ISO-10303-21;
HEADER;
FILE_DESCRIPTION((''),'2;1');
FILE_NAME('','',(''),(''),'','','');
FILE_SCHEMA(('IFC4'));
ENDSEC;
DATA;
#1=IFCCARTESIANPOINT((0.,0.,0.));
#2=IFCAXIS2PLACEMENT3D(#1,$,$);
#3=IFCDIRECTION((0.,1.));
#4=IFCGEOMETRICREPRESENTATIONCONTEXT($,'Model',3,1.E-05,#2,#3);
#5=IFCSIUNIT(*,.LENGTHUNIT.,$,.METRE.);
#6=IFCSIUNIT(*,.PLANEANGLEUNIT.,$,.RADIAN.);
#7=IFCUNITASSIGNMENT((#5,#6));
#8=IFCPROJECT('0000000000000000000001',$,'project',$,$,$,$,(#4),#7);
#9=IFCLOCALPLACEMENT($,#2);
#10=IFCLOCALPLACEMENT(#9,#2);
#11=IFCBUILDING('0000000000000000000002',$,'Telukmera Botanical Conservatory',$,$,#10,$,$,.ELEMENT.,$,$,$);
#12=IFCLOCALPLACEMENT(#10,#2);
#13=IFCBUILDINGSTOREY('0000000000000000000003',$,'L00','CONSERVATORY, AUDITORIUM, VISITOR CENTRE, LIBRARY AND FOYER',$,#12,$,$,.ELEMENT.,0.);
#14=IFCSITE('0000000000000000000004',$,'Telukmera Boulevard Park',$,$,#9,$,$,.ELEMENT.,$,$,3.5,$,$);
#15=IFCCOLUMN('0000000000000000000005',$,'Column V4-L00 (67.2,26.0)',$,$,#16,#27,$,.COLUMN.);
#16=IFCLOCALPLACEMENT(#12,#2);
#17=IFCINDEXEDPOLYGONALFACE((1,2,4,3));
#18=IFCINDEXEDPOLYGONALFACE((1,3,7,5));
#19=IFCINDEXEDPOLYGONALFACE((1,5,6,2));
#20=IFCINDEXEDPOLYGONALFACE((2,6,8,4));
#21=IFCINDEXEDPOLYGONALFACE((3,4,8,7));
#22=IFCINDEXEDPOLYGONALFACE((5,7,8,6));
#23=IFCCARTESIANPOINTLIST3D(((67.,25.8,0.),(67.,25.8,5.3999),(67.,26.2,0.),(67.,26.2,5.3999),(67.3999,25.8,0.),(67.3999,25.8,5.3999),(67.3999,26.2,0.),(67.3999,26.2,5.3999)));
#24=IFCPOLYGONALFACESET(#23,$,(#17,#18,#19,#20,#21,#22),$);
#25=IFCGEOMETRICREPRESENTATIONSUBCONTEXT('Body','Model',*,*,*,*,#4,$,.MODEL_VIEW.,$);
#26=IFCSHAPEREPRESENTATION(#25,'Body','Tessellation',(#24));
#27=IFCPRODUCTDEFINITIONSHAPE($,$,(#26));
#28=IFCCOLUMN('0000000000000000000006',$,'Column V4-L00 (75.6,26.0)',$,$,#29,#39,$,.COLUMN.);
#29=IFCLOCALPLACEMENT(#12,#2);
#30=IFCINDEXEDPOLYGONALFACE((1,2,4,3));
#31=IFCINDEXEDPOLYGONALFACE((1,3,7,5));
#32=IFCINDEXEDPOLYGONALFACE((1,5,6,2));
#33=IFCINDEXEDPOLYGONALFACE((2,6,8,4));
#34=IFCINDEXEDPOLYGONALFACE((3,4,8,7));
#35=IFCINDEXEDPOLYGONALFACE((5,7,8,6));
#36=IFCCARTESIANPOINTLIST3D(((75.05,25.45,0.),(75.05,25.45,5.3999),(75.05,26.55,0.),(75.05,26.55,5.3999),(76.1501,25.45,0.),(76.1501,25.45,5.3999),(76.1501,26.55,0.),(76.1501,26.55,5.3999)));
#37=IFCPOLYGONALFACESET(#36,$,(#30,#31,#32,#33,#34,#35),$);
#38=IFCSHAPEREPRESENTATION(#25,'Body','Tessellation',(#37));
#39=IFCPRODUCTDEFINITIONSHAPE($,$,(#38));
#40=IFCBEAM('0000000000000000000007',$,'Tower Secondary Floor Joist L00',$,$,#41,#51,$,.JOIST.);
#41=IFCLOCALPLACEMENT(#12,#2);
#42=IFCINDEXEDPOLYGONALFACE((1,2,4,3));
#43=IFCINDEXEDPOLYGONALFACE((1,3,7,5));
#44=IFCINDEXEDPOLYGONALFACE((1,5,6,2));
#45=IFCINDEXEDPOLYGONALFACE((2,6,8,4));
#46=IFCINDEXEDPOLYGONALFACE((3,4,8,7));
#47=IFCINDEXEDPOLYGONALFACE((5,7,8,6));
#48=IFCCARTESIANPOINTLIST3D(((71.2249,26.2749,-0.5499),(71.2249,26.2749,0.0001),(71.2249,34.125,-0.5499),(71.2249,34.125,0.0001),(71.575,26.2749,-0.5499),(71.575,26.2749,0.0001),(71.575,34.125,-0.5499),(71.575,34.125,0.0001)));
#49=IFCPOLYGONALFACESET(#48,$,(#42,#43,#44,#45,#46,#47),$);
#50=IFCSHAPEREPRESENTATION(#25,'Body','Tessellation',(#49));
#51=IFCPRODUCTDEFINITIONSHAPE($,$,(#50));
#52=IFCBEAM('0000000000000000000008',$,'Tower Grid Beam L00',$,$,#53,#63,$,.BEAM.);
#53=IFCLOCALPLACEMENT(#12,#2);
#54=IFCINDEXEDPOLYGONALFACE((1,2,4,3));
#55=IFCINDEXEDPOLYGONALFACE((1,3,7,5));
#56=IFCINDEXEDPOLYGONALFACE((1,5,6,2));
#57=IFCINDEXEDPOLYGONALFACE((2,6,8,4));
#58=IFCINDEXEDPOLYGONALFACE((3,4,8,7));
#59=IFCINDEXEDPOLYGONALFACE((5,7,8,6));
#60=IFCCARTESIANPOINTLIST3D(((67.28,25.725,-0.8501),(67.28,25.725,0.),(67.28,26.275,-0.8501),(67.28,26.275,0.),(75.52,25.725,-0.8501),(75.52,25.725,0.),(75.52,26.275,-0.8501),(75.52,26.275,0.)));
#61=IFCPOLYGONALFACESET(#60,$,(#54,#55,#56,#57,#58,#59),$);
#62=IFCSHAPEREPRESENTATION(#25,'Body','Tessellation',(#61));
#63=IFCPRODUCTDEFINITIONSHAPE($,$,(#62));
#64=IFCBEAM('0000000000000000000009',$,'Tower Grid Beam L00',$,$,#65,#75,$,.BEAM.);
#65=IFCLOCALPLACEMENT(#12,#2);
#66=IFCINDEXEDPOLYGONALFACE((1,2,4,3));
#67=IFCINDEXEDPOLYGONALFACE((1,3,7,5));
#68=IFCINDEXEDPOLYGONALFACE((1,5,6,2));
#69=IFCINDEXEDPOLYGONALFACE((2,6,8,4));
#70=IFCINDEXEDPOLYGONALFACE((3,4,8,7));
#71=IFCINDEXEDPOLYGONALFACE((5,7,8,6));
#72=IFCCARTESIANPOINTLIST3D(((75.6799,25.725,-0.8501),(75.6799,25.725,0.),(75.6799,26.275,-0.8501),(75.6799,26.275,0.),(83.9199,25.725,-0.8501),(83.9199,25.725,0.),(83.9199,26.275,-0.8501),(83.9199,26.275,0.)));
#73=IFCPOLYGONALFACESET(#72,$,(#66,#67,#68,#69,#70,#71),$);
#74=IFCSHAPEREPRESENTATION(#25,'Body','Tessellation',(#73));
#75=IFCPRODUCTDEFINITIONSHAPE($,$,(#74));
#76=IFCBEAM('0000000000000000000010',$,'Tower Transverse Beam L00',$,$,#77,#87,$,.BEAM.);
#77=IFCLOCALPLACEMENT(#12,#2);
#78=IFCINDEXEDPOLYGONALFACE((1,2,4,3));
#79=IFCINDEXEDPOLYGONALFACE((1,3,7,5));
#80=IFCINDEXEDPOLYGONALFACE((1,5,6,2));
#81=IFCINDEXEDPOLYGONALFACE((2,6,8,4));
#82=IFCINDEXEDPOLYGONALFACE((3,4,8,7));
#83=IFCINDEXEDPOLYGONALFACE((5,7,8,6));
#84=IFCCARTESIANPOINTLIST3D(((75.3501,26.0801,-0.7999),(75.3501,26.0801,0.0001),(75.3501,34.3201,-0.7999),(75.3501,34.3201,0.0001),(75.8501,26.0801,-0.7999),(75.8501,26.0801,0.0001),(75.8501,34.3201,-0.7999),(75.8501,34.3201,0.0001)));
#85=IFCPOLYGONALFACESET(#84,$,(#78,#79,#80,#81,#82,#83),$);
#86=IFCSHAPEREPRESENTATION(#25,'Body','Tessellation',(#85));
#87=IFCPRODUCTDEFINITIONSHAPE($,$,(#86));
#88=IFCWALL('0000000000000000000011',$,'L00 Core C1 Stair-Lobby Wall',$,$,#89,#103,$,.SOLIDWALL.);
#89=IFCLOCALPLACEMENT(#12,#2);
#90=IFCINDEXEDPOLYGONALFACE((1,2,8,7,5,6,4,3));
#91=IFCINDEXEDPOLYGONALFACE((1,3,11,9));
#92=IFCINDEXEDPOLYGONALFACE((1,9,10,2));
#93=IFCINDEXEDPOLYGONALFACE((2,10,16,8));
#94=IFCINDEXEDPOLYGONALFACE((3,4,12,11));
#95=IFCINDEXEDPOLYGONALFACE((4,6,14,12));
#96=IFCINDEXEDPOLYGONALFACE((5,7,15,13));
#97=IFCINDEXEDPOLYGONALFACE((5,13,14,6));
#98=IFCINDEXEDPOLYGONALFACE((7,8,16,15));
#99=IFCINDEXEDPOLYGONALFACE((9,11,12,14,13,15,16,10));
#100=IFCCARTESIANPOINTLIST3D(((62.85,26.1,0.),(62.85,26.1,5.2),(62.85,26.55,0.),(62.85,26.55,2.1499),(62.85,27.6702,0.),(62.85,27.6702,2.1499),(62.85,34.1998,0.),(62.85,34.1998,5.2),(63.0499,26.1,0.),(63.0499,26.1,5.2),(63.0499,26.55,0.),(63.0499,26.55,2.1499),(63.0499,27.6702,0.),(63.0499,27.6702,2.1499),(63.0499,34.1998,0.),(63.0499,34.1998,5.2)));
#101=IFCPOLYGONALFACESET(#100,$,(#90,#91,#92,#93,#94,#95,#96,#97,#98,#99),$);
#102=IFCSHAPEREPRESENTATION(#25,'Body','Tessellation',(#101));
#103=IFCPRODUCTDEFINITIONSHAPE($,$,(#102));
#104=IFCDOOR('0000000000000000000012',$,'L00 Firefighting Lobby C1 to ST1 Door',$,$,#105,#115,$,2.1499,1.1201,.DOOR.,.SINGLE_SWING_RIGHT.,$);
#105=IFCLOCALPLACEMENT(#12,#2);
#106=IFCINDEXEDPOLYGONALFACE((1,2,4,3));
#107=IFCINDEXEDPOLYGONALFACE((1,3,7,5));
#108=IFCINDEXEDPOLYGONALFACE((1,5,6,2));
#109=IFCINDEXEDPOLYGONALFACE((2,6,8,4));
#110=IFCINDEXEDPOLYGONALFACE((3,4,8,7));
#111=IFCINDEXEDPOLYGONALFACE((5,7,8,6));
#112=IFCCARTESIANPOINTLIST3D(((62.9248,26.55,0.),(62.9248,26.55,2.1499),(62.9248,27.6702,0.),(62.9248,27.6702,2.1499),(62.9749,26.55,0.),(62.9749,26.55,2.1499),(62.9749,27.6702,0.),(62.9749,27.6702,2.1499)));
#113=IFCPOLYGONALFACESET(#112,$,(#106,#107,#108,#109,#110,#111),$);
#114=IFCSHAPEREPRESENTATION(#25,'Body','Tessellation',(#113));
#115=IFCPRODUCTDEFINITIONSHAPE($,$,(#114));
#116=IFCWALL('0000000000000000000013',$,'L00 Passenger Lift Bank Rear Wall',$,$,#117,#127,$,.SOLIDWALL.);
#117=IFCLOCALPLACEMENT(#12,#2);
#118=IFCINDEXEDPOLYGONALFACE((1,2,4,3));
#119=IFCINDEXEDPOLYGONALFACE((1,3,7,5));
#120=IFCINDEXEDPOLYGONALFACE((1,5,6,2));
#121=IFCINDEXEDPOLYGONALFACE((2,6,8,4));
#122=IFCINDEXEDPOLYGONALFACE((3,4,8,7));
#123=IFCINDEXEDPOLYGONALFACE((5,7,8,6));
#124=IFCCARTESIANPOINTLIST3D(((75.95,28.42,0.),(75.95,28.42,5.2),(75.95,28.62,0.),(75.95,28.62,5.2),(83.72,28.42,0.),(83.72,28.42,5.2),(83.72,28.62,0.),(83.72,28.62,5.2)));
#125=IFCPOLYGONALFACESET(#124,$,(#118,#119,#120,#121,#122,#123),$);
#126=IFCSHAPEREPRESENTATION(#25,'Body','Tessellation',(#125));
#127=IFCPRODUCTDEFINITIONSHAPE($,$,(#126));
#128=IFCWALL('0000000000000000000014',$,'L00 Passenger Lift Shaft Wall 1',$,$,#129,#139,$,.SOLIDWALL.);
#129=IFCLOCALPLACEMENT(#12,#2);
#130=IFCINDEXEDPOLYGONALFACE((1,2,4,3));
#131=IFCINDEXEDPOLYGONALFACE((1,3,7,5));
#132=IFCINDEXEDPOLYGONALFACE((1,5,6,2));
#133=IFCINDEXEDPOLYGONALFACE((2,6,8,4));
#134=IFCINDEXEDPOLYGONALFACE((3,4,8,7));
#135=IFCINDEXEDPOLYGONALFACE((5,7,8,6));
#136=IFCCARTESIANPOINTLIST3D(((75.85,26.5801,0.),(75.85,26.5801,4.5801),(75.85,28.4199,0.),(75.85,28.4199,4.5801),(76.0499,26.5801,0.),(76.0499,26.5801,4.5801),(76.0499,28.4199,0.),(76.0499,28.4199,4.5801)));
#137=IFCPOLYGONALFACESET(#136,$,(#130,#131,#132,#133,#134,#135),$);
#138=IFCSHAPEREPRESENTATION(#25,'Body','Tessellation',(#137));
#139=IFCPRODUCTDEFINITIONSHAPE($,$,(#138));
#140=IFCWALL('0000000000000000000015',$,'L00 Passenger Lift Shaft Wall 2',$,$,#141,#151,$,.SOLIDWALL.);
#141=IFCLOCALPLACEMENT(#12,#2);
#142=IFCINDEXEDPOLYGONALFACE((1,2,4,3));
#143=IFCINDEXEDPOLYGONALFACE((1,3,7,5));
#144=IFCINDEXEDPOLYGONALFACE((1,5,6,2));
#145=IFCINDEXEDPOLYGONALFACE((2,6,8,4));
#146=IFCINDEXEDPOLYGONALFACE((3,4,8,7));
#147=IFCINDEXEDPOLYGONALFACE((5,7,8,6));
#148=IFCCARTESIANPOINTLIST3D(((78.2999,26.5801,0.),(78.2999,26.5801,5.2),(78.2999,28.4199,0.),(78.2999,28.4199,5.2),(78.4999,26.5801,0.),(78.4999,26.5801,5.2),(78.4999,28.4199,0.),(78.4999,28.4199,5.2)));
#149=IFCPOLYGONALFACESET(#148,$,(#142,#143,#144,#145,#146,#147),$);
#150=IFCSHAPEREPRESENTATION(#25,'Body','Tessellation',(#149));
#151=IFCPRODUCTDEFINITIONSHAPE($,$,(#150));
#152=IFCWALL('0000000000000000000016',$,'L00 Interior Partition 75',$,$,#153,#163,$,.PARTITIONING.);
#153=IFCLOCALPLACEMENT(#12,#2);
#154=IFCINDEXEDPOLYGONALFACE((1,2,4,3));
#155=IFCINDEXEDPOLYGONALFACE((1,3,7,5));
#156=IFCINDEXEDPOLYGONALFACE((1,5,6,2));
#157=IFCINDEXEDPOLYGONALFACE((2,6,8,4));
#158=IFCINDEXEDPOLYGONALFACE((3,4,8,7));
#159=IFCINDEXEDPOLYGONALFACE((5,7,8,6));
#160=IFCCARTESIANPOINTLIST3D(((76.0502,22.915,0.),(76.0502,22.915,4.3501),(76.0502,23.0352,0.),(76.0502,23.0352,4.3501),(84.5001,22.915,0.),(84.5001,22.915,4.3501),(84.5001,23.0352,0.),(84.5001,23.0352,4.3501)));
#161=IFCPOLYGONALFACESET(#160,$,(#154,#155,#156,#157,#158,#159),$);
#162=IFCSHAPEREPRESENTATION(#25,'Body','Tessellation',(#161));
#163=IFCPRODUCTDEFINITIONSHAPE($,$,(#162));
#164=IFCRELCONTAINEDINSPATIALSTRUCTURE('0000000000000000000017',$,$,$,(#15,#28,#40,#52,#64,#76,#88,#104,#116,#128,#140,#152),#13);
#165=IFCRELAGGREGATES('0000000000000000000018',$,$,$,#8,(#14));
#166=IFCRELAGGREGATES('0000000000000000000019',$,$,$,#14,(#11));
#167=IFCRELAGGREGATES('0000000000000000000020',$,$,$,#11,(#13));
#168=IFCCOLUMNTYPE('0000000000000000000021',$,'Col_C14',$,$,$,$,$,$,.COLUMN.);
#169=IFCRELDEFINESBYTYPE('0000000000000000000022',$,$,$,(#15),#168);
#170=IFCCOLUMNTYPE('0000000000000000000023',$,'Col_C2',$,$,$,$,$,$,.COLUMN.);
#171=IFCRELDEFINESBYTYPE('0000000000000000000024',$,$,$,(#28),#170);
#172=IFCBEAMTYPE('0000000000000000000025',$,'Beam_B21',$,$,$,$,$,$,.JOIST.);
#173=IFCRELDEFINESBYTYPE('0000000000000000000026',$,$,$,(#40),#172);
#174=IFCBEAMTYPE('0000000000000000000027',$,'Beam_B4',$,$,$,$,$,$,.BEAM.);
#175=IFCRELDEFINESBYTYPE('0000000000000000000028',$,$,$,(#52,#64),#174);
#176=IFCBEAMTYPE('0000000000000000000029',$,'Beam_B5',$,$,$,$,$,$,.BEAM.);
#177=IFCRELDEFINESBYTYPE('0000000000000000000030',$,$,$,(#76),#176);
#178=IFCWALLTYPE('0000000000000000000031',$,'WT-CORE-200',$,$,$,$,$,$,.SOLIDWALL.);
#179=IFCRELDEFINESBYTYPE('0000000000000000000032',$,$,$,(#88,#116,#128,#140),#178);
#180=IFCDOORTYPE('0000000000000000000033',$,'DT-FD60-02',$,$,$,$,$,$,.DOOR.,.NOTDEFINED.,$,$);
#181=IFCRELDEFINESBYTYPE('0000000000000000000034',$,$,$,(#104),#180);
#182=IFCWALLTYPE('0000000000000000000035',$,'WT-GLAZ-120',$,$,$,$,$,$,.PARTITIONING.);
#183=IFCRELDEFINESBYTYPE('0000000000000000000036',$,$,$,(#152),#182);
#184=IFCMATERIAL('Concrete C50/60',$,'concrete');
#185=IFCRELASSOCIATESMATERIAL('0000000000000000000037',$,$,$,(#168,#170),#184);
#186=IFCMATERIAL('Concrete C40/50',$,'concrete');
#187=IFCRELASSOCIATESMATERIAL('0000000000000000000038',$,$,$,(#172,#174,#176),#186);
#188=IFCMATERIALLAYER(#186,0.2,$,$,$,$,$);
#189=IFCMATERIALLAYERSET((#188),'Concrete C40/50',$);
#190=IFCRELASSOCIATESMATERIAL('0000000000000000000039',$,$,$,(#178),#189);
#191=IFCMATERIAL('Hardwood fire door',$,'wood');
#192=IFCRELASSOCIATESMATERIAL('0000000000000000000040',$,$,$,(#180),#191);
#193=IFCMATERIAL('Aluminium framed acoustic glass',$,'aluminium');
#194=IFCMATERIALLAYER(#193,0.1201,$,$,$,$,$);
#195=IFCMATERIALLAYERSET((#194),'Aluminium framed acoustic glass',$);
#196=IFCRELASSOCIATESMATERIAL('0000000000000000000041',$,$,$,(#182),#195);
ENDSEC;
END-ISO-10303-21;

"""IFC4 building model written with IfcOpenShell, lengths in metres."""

from ifc_helpers import new_model, si_unit, direction, frame, frame_2d, origin, origin_2d, place, context, subcontext, project, spatial, rectangle, extrude, material, layer, layer_set, material_profile, profile_set, type_object, element, fill, save


model = new_model("IFC4")

# Units and contexts
model_context = context("Model", 3, precision=1e-05, world=origin(), true_north=direction((0.0, 1.0)))
body_context = subcontext(model_context, "Body", "Model", "MODEL_VIEW")
ifc_project = project(units=[si_unit("LENGTHUNIT", "METRE"), si_unit("PLANEANGLEUNIT", "RADIAN")], contexts=[model_context])

# Site, building, storey
site_placement = place(None, origin())
site = spatial("IfcSite", under=ifc_project, at=site_placement, Name="Telukmera Boulevard Park", CompositionType="ELEMENT", RefElevation=3.5)
building_placement = place(site_placement, origin())
building = spatial("IfcBuilding", under=site, at=building_placement, Name="Telukmera Botanical Conservatory", CompositionType="ELEMENT")
storey_placement = place(building_placement, origin())
storey = spatial("IfcBuildingStorey", under=building, at=storey_placement, Name="L00", Description="CONSERVATORY, AUDITORIUM, VISITOR CENTRE, LIBRARY AND FOYER", CompositionType="ELEMENT", Elevation=0.0)

# Columns
ifc_material_1 = material(Name="Concrete C50/60", Category="concrete")
ifc_material_profile_1 = material_profile(ifc_material_1, rectangle(XDim=0.3999, YDim=0.3999, at=origin_2d()), Name="RC 400x400")
ifc_profile_set_1 = profile_set([ifc_material_profile_1], Name="Concrete C50/60")
column_type_1 = type_object("IfcColumnType", Name="Col_C14", PredefinedType="COLUMN", material=ifc_profile_set_1)
column_1_placement = place(storey_placement, frame((67.2, 26.0, 0.0), z_axis=(0.0, 0.0, 1.0), x_axis=(1.0, 0.0, 0.0)))
element("IfcColumn", 1, at=column_1_placement, inside=storey, type_object=column_type_1, Name="Column V4-L00 (67.2,26.0)", PredefinedType="COLUMN", context=body_context, shape_type="SweptSolid", body=[
    extrude(rectangle(XDim=0.3999, YDim=0.3999, at=origin_2d()), origin(), (0.0, 0.0, 1.0), 5.3999),
])
ifc_material_profile_2 = material_profile(ifc_material_1, rectangle(XDim=1.1001, YDim=1.1001, at=origin_2d()), Name="RC 1100x1100")
ifc_profile_set_2 = profile_set([ifc_material_profile_2], Name="Concrete C50/60")
column_type_2 = type_object("IfcColumnType", Name="Col_C2", PredefinedType="COLUMN", material=ifc_profile_set_2)
column_2_placement = place(storey_placement, frame((75.6001, 26.0, 0.0), z_axis=(0.0, 0.0, 1.0), x_axis=(1.0, 0.0, 0.0)))
element("IfcColumn", 2, at=column_2_placement, inside=storey, type_object=column_type_2, Name="Column V4-L00 (75.6,26.0)", PredefinedType="COLUMN", context=body_context, shape_type="SweptSolid", body=[
    extrude(rectangle(XDim=1.1001, YDim=1.1001, at=origin_2d()), origin(), (0.0, 0.0, 1.0), 5.3999),
])

# Beams
ifc_material_2 = material(Name="Concrete C40/50", Category="concrete")
ifc_material_profile_3 = material_profile(ifc_material_2, rectangle(XDim=0.3501, YDim=0.55, at=origin_2d()), Name="RC 350x550")
ifc_profile_set_3 = profile_set([ifc_material_profile_3], Name="Concrete C40/50")
beam_type_1 = type_object("IfcBeamType", Name="Beam_B21", PredefinedType="JOIST", material=ifc_profile_set_3)
beam_1_placement = place(storey_placement, frame((71.3999, 26.2749, -0.2749), z_axis=(0.0, 1.0, 0.0), x_axis=(-1.0, 0.0, 0.0)))
element("IfcBeam", 3, at=beam_1_placement, inside=storey, type_object=beam_type_1, Name="Tower Secondary Floor Joist L00", PredefinedType="JOIST", context=body_context, shape_type="SweptSolid", body=[
    extrude(rectangle(XDim=0.3501, YDim=0.55, at=origin_2d()), origin(), (0.0, 0.0, 1.0), 7.8501),
])
ifc_material_profile_4 = material_profile(ifc_material_2, rectangle(XDim=0.55, YDim=0.8501, at=origin_2d()), Name="RC 550x850")
ifc_profile_set_4 = profile_set([ifc_material_profile_4], Name="Concrete C40/50")
beam_type_2 = type_object("IfcBeamType", Name="Beam_B4", PredefinedType="BEAM", material=ifc_profile_set_4)
for number, where, z_axis, x_axis, name in (
    (4, (67.28, 26.0, -0.425), (1.0, 0.0, 0.0), (0.0, 1.0, 0.0), "Tower Grid Beam L00"),
    (5, (75.6799, 26.0, -0.425), (1.0, 0.0, 0.0), (0.0, 1.0, 0.0), "Tower Grid Beam L00"),
):
    element("IfcBeam", number, at=place(storey_placement, frame(where, z_axis=z_axis, x_axis=x_axis)), inside=storey, type_object=beam_type_2, Name=name, PredefinedType="BEAM", context=body_context, shape_type="SweptSolid", body=[
        extrude(rectangle(XDim=0.55, YDim=0.8501, at=origin_2d()), origin(), (0.0, 0.0, 1.0), 8.24),
    ])
ifc_material_profile_5 = material_profile(ifc_material_2, rectangle(XDim=0.5, YDim=0.8, at=origin_2d()), Name="RC 500x800")
ifc_profile_set_5 = profile_set([ifc_material_profile_5], Name="Concrete C40/50")
beam_type_3 = type_object("IfcBeamType", Name="Beam_B5", PredefinedType="BEAM", material=ifc_profile_set_5)
beam_2_placement = place(storey_placement, frame((75.6001, 26.0801, -0.3999), z_axis=(0.0, 1.0, 0.0), x_axis=(-1.0, 0.0, 0.0)))
element("IfcBeam", 6, at=beam_2_placement, inside=storey, type_object=beam_type_3, Name="Tower Transverse Beam L00", PredefinedType="BEAM", context=body_context, shape_type="SweptSolid", body=[
    extrude(rectangle(XDim=0.5, YDim=0.8, at=origin_2d()), origin(), (0.0, 0.0, 1.0), 8.24),
])

# Wall, opening, door
ifc_layer_1 = layer(ifc_material_2, 0.2)
ifc_layer_set_1 = layer_set([ifc_layer_1], Name="Concrete C40/50")
wall_type_1 = type_object("IfcWallType", Name="WT-CORE-200", PredefinedType="SOLIDWALL", material=ifc_layer_set_1)
wall_1_placement = place(storey_placement, frame((62.95, 26.1001, 0.0), z_axis=(0.0, 0.0, 1.0), x_axis=(0.0, 1.0, 0.0)))
wall_1 = element("IfcWall", 7, at=wall_1_placement, inside=storey, type_object=wall_type_1, Name="L00 Core C1 Stair-Lobby Wall", PredefinedType="SOLIDWALL", context=body_context, shape_type="SweptSolid", body=[
    extrude(rectangle(XDim=8.0999, YDim=0.2, at=frame_2d((4.0498, 0.0))), origin(), (0.0, 0.0, 1.0), 5.2),
])
opening_1_placement = place(wall_1_placement, frame((0.45, 0.0, 0.0)))
opening_1 = element("IfcOpeningElement", 8, at=opening_1_placement, cuts=wall_1, PredefinedType="OPENING", context=body_context, shape_type="SweptSolid", body=[
    extrude(rectangle(XDim=1.1201, YDim=2.1499, at=frame_2d((0.5601, 1.075))), frame((0.0, 0.1099, 0.0), z_axis=(0.0, -1.0, 0.0), x_axis=(1.0, 0.0, 0.0)), (0.0, 0.0, 1.0), 0.22),
])
ifc_material_3 = material(Name="Hardwood fire door", Category="wood")
door_type_1 = type_object("IfcDoorType", Name="DT-FD60-02", OperationType="NOTDEFINED", PredefinedType="DOOR", material=ifc_material_3)
door_1_placement = place(opening_1_placement, frame((1.1201, 0.0, 0.0), z_axis=(0.0, 0.0, 1.0), x_axis=(-1.0, 0.0, 0.0)))
door_1 = element("IfcDoor", 9, at=door_1_placement, inside=storey, type_object=door_type_1, Name="L00 Firefighting Lobby C1 to ST1 Door", OperationType="SINGLE_SWING_RIGHT", OverallHeight=2.1499, OverallWidth=1.1201, PredefinedType="DOOR", context=body_context, shape_type="SweptSolid", body=[
    extrude(rectangle(XDim=1.1201, YDim=2.1499, at=frame_2d((0.5601, 1.075))), frame((0.0, 0.0249, 0.0), z_axis=(0.0, -1.0, 0.0), x_axis=(1.0, 0.0, 0.0)), (0.0, 0.0, 1.0), 0.05),
])
fill(opening_1, door_1)

# Walls
wall_2_placement = place(storey_placement, frame((75.95, 28.52, 0.0), z_axis=(0.0, 0.0, 1.0), x_axis=(1.0, 0.0, 0.0)))
element("IfcWall", 10, at=wall_2_placement, inside=storey, type_object=wall_type_1, Name="L00 Passenger Lift Bank Rear Wall", PredefinedType="SOLIDWALL", context=body_context, shape_type="SweptSolid", body=[
    extrude(rectangle(XDim=7.77, YDim=0.2, at=frame_2d((3.885, 0.0))), origin(), (0.0, 0.0, 1.0), 5.2),
])
wall_3_placement = place(storey_placement, frame((75.95, 26.5801, 0.0), z_axis=(0.0, 0.0, 1.0), x_axis=(0.0, 1.0, 0.0)))
element("IfcWall", 11, at=wall_3_placement, inside=storey, type_object=wall_type_1, Name="L00 Passenger Lift Shaft Wall 1", PredefinedType="SOLIDWALL", context=body_context, shape_type="SweptSolid", body=[
    extrude(rectangle(XDim=1.8398, YDim=0.2, at=frame_2d((0.9199, 0.0))), origin(), (0.0, 0.0, 1.0), 4.5801),
])
wall_4_placement = place(storey_placement, frame((78.3999, 26.5801, 0.0), z_axis=(0.0, 0.0, 1.0), x_axis=(0.0, 1.0, 0.0)))
element("IfcWall", 12, at=wall_4_placement, inside=storey, type_object=wall_type_1, Name="L00 Passenger Lift Shaft Wall 2", PredefinedType="SOLIDWALL", context=body_context, shape_type="SweptSolid", body=[
    extrude(rectangle(XDim=1.8398, YDim=0.2, at=frame_2d((0.9199, 0.0))), origin(), (0.0, 0.0, 1.0), 5.2),
])
ifc_material_4 = material(Name="Aluminium framed acoustic glass", Category="aluminium")
ifc_layer_2 = layer(ifc_material_4, 0.1201)
ifc_layer_set_2 = layer_set([ifc_layer_2], Name="Aluminium framed acoustic glass")
wall_type_2 = type_object("IfcWallType", Name="WT-GLAZ-120", PredefinedType="PARTITIONING", material=ifc_layer_set_2)
wall_5_placement = place(storey_placement, frame((76.05, 22.9751, 0.0), z_axis=(0.0, 0.0, 1.0), x_axis=(1.0, 0.0, 0.0)))
element("IfcWall", 13, at=wall_5_placement, inside=storey, type_object=wall_type_2, Name="L00 Interior Partition 75", PredefinedType="PARTITIONING", context=body_context, shape_type="SweptSolid", body=[
    extrude(rectangle(XDim=8.45, YDim=0.1201, at=frame_2d((4.2251, 0.0))), origin(), (0.0, 0.0, 1.0), 4.3501),
])

save(model, "model.ifc")
